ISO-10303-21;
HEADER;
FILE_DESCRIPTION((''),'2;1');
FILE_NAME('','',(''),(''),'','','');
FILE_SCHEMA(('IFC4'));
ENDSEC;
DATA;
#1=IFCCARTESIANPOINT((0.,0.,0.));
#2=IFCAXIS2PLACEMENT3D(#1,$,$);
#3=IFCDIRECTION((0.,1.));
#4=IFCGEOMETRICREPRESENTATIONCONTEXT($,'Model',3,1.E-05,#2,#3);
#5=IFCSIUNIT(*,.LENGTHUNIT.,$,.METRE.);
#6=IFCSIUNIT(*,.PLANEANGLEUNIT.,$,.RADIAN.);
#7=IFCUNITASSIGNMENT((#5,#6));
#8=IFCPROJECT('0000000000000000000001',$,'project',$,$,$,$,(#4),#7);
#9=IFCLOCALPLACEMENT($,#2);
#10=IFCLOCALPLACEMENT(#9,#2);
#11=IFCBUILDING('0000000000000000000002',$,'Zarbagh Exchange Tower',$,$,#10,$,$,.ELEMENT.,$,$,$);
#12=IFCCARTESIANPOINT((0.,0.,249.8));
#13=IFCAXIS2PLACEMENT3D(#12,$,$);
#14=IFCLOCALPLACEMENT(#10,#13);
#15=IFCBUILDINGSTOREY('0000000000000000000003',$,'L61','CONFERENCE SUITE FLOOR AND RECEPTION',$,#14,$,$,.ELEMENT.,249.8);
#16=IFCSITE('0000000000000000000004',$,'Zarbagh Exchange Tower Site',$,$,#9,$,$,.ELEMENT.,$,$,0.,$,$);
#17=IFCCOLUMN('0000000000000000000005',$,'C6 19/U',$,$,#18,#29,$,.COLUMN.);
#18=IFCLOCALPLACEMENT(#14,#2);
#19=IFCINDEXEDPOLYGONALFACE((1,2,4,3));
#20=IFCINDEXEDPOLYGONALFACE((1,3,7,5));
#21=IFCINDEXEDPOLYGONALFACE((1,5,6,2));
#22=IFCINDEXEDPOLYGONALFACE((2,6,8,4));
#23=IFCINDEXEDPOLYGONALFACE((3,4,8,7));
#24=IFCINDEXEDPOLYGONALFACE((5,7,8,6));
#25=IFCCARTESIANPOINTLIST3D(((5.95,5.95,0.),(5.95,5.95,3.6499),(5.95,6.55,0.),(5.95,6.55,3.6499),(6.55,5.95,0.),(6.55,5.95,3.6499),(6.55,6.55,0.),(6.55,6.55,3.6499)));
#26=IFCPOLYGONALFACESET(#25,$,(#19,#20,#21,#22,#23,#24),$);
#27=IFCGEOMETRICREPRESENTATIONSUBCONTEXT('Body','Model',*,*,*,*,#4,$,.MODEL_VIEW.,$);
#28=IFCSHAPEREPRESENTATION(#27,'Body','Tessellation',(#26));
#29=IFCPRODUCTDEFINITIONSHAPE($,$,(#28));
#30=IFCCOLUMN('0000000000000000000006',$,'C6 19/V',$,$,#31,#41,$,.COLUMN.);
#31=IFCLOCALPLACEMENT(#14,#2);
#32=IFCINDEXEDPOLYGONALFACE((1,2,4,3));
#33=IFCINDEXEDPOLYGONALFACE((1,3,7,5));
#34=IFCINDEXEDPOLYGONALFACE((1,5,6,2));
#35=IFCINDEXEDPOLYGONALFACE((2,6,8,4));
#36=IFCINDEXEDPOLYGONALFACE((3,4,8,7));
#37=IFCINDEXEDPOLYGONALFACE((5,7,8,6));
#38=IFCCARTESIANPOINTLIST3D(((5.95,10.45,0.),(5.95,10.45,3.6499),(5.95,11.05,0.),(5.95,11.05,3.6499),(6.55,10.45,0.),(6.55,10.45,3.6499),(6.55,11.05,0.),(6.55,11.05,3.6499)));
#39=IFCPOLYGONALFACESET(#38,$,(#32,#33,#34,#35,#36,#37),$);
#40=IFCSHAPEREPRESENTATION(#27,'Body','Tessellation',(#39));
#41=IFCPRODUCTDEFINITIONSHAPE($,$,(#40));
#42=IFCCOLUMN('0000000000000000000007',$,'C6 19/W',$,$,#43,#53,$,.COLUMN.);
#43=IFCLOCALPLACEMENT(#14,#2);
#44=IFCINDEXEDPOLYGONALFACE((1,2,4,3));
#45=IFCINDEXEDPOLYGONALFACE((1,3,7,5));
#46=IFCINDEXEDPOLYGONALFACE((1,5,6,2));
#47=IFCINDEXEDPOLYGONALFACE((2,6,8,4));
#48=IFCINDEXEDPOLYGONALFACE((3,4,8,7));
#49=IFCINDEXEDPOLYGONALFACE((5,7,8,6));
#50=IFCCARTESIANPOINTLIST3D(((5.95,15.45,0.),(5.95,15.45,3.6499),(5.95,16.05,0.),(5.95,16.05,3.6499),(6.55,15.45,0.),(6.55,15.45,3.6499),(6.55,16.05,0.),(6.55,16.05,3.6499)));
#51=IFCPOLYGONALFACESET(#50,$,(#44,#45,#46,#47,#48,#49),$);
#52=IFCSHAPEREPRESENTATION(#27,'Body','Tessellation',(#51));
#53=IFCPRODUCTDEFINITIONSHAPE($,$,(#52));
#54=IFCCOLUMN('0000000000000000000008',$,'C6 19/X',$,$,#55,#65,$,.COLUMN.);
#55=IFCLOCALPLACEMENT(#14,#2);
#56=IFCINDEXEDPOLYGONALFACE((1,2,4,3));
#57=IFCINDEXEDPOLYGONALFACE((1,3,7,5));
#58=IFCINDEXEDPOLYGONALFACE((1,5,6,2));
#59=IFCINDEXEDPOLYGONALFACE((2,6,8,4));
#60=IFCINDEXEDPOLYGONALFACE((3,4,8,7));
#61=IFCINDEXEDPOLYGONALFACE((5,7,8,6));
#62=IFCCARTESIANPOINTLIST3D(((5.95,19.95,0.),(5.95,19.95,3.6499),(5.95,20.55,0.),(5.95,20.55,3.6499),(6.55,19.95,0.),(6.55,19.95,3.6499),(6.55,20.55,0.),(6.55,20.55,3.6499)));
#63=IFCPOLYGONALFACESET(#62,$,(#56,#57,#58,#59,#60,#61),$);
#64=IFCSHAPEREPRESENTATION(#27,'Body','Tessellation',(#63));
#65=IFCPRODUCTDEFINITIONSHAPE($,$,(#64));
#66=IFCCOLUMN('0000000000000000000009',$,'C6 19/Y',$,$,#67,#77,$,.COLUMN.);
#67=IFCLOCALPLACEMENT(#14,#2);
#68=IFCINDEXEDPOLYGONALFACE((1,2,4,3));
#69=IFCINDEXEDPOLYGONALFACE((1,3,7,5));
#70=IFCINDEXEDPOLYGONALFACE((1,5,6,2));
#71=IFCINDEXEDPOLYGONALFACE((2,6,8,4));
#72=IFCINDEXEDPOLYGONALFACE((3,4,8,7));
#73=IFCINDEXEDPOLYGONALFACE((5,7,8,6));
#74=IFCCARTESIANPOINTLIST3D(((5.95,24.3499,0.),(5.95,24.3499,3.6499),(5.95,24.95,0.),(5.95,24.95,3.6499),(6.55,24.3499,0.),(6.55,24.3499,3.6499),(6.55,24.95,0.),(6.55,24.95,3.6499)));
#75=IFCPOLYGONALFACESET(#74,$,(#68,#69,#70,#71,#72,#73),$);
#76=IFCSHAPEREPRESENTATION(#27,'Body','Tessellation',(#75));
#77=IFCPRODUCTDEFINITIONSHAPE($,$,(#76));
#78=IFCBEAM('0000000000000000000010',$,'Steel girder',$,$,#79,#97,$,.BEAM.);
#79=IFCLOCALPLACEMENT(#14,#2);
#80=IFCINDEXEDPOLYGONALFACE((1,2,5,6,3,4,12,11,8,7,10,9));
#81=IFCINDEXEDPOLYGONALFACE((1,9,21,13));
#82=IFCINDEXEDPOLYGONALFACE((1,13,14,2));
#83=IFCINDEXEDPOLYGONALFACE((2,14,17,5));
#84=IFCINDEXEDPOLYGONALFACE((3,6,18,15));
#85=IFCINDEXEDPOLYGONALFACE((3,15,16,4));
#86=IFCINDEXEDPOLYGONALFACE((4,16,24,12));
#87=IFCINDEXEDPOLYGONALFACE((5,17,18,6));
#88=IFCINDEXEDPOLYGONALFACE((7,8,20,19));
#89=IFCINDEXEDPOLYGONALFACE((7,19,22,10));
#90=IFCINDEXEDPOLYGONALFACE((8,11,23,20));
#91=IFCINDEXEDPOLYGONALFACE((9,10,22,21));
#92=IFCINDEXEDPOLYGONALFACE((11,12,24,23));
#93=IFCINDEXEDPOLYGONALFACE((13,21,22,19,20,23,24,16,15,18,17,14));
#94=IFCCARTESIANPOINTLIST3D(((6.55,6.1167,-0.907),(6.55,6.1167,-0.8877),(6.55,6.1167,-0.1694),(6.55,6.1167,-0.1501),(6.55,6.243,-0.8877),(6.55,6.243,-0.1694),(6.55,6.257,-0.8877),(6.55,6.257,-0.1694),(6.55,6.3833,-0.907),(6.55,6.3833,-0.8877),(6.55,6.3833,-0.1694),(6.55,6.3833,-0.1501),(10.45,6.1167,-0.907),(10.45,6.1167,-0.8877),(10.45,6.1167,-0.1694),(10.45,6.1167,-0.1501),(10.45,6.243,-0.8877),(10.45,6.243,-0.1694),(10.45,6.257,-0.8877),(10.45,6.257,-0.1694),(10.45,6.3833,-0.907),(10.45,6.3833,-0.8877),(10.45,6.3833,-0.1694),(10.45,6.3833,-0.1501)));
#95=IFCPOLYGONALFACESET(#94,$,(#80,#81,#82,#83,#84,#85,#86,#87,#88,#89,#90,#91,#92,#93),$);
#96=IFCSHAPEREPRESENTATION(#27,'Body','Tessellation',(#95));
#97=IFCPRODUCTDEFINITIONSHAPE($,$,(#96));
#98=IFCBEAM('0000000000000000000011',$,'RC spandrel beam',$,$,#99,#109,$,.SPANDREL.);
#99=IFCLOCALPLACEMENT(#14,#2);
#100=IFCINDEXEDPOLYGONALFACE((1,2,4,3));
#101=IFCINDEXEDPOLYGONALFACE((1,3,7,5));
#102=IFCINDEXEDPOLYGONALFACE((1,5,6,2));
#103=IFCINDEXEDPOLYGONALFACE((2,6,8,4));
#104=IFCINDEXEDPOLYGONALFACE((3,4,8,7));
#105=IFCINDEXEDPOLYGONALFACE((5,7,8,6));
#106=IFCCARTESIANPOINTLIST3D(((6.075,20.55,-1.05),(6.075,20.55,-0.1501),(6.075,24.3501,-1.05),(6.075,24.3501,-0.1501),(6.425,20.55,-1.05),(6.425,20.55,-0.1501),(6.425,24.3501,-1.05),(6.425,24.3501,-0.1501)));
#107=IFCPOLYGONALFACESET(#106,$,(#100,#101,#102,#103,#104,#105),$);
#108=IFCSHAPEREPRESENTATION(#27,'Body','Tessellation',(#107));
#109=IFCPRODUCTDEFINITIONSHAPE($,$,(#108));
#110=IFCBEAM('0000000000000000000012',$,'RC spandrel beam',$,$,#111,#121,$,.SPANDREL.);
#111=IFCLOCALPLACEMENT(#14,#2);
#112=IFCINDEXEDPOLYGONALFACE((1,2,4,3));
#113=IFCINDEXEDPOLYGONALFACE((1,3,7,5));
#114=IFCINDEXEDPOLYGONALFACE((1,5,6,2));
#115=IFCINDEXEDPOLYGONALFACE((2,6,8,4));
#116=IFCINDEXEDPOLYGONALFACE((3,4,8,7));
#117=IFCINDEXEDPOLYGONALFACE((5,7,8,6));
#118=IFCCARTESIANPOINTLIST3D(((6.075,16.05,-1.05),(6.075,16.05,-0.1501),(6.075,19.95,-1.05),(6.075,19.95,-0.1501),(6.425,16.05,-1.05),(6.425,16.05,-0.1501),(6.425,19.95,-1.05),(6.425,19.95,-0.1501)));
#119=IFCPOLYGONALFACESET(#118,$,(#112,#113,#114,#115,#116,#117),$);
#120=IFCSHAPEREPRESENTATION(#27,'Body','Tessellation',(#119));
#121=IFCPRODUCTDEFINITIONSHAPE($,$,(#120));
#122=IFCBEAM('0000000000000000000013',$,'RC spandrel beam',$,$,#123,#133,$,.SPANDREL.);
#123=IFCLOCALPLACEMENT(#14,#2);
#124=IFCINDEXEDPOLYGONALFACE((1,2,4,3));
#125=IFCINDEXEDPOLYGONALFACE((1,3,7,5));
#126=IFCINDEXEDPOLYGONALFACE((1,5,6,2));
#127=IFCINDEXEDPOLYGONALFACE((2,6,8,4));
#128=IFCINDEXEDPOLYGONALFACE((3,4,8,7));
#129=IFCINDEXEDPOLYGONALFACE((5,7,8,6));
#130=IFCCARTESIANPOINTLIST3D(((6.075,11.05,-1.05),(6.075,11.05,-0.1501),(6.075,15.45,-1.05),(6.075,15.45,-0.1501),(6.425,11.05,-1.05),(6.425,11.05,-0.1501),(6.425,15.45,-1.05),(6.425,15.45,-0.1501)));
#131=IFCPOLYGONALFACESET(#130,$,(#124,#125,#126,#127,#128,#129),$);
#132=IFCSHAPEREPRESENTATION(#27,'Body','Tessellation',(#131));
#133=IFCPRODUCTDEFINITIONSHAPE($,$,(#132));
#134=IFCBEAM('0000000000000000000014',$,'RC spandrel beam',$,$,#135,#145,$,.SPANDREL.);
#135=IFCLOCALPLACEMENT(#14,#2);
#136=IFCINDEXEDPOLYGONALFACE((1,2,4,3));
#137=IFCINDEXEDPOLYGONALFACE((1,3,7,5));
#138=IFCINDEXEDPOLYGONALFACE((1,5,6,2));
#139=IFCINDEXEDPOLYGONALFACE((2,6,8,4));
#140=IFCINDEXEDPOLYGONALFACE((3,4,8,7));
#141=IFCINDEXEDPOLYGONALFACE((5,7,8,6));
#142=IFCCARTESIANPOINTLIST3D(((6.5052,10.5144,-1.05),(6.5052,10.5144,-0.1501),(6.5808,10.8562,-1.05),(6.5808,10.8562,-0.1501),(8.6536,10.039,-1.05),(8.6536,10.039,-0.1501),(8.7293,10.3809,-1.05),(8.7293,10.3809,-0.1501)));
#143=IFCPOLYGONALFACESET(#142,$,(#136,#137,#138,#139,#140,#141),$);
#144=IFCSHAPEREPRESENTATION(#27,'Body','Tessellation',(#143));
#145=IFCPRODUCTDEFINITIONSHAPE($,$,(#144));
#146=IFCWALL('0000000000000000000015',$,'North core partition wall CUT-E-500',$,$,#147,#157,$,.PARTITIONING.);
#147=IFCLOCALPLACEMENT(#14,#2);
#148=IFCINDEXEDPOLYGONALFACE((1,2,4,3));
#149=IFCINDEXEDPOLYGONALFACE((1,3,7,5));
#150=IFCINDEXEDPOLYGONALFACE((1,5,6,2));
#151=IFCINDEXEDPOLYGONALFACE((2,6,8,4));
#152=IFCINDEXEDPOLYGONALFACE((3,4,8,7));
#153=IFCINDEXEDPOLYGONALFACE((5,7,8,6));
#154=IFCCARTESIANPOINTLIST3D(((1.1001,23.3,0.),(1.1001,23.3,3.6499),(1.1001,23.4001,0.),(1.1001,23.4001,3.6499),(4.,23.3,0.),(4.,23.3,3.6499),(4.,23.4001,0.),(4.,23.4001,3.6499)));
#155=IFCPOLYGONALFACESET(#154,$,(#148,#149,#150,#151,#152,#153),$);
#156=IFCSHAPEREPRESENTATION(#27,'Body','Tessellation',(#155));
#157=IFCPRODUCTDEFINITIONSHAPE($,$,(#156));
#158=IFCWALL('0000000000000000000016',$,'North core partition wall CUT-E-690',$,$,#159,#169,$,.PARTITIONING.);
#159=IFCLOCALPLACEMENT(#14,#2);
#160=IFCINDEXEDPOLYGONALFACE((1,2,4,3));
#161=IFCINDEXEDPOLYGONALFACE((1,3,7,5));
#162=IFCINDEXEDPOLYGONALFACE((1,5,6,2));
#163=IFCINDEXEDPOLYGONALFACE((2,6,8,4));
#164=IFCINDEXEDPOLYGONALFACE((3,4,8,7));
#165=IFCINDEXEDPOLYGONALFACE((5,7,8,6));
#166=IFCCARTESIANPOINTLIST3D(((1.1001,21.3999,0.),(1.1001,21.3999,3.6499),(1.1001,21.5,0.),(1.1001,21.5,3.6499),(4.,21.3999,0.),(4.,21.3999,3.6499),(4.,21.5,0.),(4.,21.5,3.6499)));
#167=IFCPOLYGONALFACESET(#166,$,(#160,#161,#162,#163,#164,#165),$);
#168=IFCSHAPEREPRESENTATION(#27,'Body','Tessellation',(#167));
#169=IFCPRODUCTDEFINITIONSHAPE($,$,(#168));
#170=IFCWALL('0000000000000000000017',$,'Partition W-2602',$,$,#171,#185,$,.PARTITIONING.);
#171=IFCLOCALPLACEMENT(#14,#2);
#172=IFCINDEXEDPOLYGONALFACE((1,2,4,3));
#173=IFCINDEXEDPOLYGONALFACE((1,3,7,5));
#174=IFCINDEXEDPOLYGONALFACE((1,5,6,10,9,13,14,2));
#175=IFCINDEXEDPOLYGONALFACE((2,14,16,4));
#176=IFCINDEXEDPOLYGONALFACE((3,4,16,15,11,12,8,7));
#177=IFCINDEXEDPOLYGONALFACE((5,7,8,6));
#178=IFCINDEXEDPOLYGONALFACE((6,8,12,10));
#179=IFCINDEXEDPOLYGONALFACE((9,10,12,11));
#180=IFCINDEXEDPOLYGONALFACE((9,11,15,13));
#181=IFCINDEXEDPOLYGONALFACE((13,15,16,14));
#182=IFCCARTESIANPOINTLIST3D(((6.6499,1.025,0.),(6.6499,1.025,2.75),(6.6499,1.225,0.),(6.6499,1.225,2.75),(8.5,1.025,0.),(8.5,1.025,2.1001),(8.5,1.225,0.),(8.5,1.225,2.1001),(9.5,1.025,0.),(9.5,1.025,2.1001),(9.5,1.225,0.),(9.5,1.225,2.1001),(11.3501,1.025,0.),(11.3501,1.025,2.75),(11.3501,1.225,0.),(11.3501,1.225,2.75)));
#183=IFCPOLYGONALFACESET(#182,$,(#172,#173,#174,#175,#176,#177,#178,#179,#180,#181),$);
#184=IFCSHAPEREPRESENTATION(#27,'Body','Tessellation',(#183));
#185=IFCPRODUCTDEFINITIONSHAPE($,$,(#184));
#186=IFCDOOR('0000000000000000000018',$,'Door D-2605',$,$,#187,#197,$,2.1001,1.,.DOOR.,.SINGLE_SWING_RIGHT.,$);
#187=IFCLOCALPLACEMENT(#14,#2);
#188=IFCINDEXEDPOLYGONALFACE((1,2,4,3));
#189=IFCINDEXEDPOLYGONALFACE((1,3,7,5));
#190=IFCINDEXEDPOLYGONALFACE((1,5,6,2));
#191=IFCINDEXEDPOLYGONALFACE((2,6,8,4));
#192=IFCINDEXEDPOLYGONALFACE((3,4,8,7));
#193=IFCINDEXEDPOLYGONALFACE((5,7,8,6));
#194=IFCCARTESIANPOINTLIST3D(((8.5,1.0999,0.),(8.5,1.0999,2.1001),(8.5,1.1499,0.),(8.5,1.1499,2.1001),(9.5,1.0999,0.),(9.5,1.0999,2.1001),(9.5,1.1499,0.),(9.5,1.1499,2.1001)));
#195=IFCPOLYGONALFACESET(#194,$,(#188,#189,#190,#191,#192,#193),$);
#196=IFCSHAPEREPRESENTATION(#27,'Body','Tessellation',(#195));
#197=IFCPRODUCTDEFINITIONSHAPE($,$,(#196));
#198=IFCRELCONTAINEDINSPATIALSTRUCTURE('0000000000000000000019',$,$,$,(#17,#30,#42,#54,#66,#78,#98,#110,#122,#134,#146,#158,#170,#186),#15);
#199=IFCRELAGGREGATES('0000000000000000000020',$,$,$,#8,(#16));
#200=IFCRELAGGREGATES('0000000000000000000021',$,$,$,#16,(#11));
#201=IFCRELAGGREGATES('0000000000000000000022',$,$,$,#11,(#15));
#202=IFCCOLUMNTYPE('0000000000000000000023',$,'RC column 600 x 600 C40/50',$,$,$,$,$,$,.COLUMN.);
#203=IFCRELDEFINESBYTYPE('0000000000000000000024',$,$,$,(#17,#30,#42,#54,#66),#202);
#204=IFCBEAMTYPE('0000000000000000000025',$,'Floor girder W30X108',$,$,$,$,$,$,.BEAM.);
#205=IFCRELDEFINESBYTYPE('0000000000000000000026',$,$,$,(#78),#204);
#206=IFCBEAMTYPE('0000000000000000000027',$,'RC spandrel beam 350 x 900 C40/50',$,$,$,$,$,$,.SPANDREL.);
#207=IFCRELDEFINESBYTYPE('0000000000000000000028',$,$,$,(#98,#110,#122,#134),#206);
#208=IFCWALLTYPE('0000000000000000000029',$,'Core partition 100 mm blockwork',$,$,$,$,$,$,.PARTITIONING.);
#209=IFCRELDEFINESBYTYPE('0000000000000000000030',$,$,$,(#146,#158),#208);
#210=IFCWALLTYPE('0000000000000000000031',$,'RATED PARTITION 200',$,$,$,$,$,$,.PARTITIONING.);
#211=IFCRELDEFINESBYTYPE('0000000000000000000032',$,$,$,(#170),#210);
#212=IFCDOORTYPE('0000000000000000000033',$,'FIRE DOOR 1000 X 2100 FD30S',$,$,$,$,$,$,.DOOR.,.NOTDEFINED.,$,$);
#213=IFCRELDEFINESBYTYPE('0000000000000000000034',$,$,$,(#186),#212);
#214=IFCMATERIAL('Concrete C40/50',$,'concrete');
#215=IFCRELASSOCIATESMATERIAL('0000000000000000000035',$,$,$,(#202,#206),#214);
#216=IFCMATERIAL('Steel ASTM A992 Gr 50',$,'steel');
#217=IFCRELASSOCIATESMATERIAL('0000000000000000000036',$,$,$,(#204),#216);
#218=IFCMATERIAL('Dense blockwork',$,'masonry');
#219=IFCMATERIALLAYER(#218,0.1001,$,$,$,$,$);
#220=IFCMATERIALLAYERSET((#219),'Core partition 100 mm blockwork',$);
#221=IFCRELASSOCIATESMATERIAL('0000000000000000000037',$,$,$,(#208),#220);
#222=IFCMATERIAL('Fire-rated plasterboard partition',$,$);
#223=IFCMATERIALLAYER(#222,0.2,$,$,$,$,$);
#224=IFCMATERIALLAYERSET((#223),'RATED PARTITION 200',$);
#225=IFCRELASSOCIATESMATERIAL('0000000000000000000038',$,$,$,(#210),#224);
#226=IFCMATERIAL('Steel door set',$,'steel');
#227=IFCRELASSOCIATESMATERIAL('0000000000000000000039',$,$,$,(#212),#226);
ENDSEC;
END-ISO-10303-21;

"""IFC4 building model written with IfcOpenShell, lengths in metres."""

from ifc_helpers import new_model, si_unit, direction, frame, frame_2d, origin, origin_2d, place, context, subcontext, project, spatial, rectangle, i_section, extrude, material, layer, layer_set, material_profile, profile_set, type_object, element, fill, save


model = new_model("IFC4")

# Units and contexts
model_context = context("Model", 3, precision=1e-05, world=origin(), true_north=direction((0.0, 1.0)))
body_context = subcontext(model_context, "Body", "Model", "MODEL_VIEW")
ifc_project = project(units=[si_unit("LENGTHUNIT", "METRE"), si_unit("PLANEANGLEUNIT", "RADIAN")], contexts=[model_context])

# Site, building, storey
site_placement = place(None, origin())
site = spatial("IfcSite", under=ifc_project, at=site_placement, Name="Zarbagh Exchange Tower Site", CompositionType="ELEMENT", RefElevation=0.0)
building_placement = place(site_placement, origin())
building = spatial("IfcBuilding", under=site, at=building_placement, Name="Zarbagh Exchange Tower", CompositionType="ELEMENT")
storey_placement = place(building_placement, frame((0.0, 0.0, 249.8)))
storey = spatial("IfcBuildingStorey", under=building, at=storey_placement, Name="L61", Description="CONFERENCE SUITE FLOOR AND RECEPTION", CompositionType="ELEMENT", Elevation=249.8)

# Columns
ifc_material_1 = material(Name="Concrete C40/50", Category="concrete")
ifc_material_profile_1 = material_profile(ifc_material_1, rectangle(XDim=0.6001, YDim=0.6001, at=origin_2d()), Name="RC column 600 x 600 C40/50")
ifc_profile_set_1 = profile_set([ifc_material_profile_1], Name="Concrete C40/50")
column_type = type_object("IfcColumnType", Name="RC column 600 x 600 C40/50", PredefinedType="COLUMN", material=ifc_profile_set_1)
for number, where, z_axis, x_axis, name in (
    (1, (6.25, 6.25, 0.0), (0.0, 0.0, 1.0), (1.0, 0.0, 0.0), "C6 19/U"),
    (2, (6.25, 10.75, 0.0), (0.0, 0.0, 1.0), (1.0, 0.0, 0.0), "C6 19/V"),
    (3, (6.25, 15.75, 0.0), (0.0, 0.0, 1.0), (1.0, 0.0, 0.0), "C6 19/W"),
    (4, (6.25, 20.25, 0.0), (0.0, 0.0, 1.0), (1.0, 0.0, 0.0), "C6 19/X"),
    (5, (6.25, 24.6499, 0.0), (0.0, 0.0, 1.0), (1.0, 0.0, 0.0), "C6 19/Y"),
):
    element("IfcColumn", number, at=place(storey_placement, frame(where, z_axis=z_axis, x_axis=x_axis)), inside=storey, type_object=column_type, Name=name, PredefinedType="COLUMN", context=body_context, shape_type="SweptSolid", body=[
        extrude(rectangle(XDim=0.6001, YDim=0.6001, at=origin_2d()), origin(), (0.0, 0.0, 1.0), 3.6499),
    ])

# Beams
ifc_material_2 = material(Name="Steel ASTM A992 Gr 50", Category="steel")
ifc_material_profile_2 = material_profile(ifc_material_2, i_section(OverallWidth=0.2666, OverallDepth=0.7568, WebThickness=0.0139, FlangeThickness=0.0193, at=origin_2d()), Name="W30X108")
ifc_profile_set_2 = profile_set([ifc_material_profile_2], Name="Steel ASTM A992 Gr 50")
beam_type_1 = type_object("IfcBeamType", Name="Floor girder W30X108", PredefinedType="BEAM", material=ifc_profile_set_2)
beam_1_placement = place(storey_placement, frame((6.55, 6.25, -0.5286), z_axis=(1.0, 0.0, 0.0), x_axis=(0.0, 1.0, 0.0)))
element("IfcBeam", 6, at=beam_1_placement, inside=storey, type_object=beam_type_1, Name="Steel girder", PredefinedType="BEAM", context=body_context, shape_type="SweptSolid", body=[
    extrude(i_section(OverallWidth=0.2666, OverallDepth=0.7568, WebThickness=0.0139, FlangeThickness=0.0193, at=origin_2d()), origin(), (0.0, 0.0, 1.0), 3.8999),
])
ifc_material_profile_3 = material_profile(ifc_material_1, rectangle(XDim=0.3501, YDim=0.8999, at=origin_2d()), Name="RC spandrel beam 350 x 900 C40/50")
ifc_profile_set_3 = profile_set([ifc_material_profile_3], Name="Concrete C40/50")
beam_type_2 = type_object("IfcBeamType", Name="RC spandrel beam 350 x 900 C40/50", PredefinedType="SPANDREL", material=ifc_profile_set_3)
beam_2_placement = place(storey_placement, frame((6.25, 24.3501, -0.6001), z_axis=(0.0, -1.0, 0.0), x_axis=(1.0, 0.0, 0.0)))
element("IfcBeam", 7, at=beam_2_placement, inside=storey, type_object=beam_type_2, Name="RC spandrel beam", PredefinedType="SPANDREL", context=body_context, shape_type="SweptSolid", body=[
    extrude(rectangle(XDim=0.3501, YDim=0.8999, at=origin_2d()), origin(), (0.0, 0.0, 1.0), 3.8),
])
beam_3_placement = place(storey_placement, frame((6.25, 19.95, -0.6001), z_axis=(0.0, -1.0, 0.0), x_axis=(1.0, 0.0, 0.0)))
element("IfcBeam", 8, at=beam_3_placement, inside=storey, type_object=beam_type_2, Name="RC spandrel beam", PredefinedType="SPANDREL", context=body_context, shape_type="SweptSolid", body=[
    extrude(rectangle(XDim=0.3501, YDim=0.8999, at=origin_2d()), origin(), (0.0, 0.0, 1.0), 3.8999),
])
beam_4_placement = place(storey_placement, frame((6.25, 15.45, -0.6001), z_axis=(0.0, -1.0, 0.0), x_axis=(1.0, 0.0, 0.0)))
element("IfcBeam", 9, at=beam_4_placement, inside=storey, type_object=beam_type_2, Name="RC spandrel beam", PredefinedType="SPANDREL", context=body_context, shape_type="SweptSolid", body=[
    extrude(rectangle(XDim=0.3501, YDim=0.8999, at=origin_2d()), origin(), (0.0, 0.0, 1.0), 4.3999),
])
beam_5_placement = place(storey_placement, frame((6.543, 10.6853, -0.6001), z_axis=(0.976388, -0.216026, 0.0), x_axis=(0.216026, 0.976388, 0.0)))
element("IfcBeam", 10, at=beam_5_placement, inside=storey, type_object=beam_type_2, Name="RC spandrel beam", PredefinedType="SPANDREL", context=body_context, shape_type="SweptSolid", body=[
    extrude(rectangle(XDim=0.3501, YDim=0.8999, at=origin_2d()), origin(), (0.0, 0.0, 1.0), 2.2004),
])

# Walls
ifc_material_3 = material(Name="Dense blockwork", Category="masonry")
ifc_layer_1 = layer(ifc_material_3, 0.1001)
ifc_layer_set_1 = layer_set([ifc_layer_1], Name="Core partition 100 mm blockwork")
wall_type_1 = type_object("IfcWallType", Name="Core partition 100 mm blockwork", PredefinedType="PARTITIONING", material=ifc_layer_set_1)
for number, where, z_axis, x_axis, name in (
    (11, (1.1001, 23.3501, 0.0), (0.0, 0.0, 1.0), (1.0, 0.0, 0.0), "North core partition wall CUT-E-500"),
    (12, (1.1001, 21.45, 0.0), (0.0, 0.0, 1.0), (1.0, 0.0, 0.0), "North core partition wall CUT-E-690"),
):
    element("IfcWall", number, at=place(storey_placement, frame(where, z_axis=z_axis, x_axis=x_axis)), inside=storey, type_object=wall_type_1, Name=name, PredefinedType="PARTITIONING", context=body_context, shape_type="SweptSolid", body=[
        extrude(rectangle(XDim=2.8999, YDim=0.1001, at=frame_2d((1.45, 0.0))), origin(), (0.0, 0.0, 1.0), 3.6499),
    ])

# Wall, opening, door
ifc_material_4 = material(Name="Fire-rated plasterboard partition")
ifc_layer_2 = layer(ifc_material_4, 0.2)
ifc_layer_set_2 = layer_set([ifc_layer_2], Name="RATED PARTITION 200")
wall_type_2 = type_object("IfcWallType", Name="RATED PARTITION 200", PredefinedType="PARTITIONING", material=ifc_layer_set_2)
wall_1_placement = place(storey_placement, frame((6.6499, 1.125, 0.0), z_axis=(0.0, 0.0, 1.0), x_axis=(1.0, 0.0, 0.0)))
wall_1 = element("IfcWall", 13, at=wall_1_placement, inside=storey, type_object=wall_type_2, Name="Partition W-2602", PredefinedType="PARTITIONING", context=body_context, shape_type="SweptSolid", body=[
    extrude(rectangle(XDim=4.7002, YDim=0.2, at=frame_2d((2.3501, 0.0))), origin(), (0.0, 0.0, 1.0), 2.75),
])
opening_1_placement = place(wall_1_placement, frame((1.8501, 0.0, 0.0)))
opening_1 = element("IfcOpeningElement", 14, at=opening_1_placement, cuts=wall_1, PredefinedType="OPENING", context=body_context, shape_type="SweptSolid", body=[
    extrude(rectangle(XDim=1.0, YDim=2.1001, at=frame_2d((0.5, 1.05))), frame((0.0, 0.1099, 0.0), z_axis=(0.0, -1.0, 0.0), x_axis=(1.0, 0.0, 0.0)), (0.0, 0.0, 1.0), 0.22),
])
ifc_material_5 = material(Name="Steel door set", Category="steel")
door_type_1 = type_object("IfcDoorType", Name="FIRE DOOR 1000 X 2100 FD30S", OperationType="NOTDEFINED", PredefinedType="DOOR", material=ifc_material_5)
door_1_placement = place(opening_1_placement, origin())
door_1 = element("IfcDoor", 15, at=door_1_placement, inside=storey, type_object=door_type_1, Name="Door D-2605", OperationType="SINGLE_SWING_RIGHT", OverallHeight=2.1001, OverallWidth=1.0, PredefinedType="DOOR", context=body_context, shape_type="SweptSolid", body=[
    extrude(rectangle(XDim=1.0, YDim=2.1001, at=frame_2d((0.5, 1.05))), frame((0.0, 0.0249, 0.0), z_axis=(0.0, -1.0, 0.0), x_axis=(1.0, 0.0, 0.0)), (0.0, 0.0, 1.0), 0.05),
])
fill(opening_1, door_1)

save(model, "model.ifc")
